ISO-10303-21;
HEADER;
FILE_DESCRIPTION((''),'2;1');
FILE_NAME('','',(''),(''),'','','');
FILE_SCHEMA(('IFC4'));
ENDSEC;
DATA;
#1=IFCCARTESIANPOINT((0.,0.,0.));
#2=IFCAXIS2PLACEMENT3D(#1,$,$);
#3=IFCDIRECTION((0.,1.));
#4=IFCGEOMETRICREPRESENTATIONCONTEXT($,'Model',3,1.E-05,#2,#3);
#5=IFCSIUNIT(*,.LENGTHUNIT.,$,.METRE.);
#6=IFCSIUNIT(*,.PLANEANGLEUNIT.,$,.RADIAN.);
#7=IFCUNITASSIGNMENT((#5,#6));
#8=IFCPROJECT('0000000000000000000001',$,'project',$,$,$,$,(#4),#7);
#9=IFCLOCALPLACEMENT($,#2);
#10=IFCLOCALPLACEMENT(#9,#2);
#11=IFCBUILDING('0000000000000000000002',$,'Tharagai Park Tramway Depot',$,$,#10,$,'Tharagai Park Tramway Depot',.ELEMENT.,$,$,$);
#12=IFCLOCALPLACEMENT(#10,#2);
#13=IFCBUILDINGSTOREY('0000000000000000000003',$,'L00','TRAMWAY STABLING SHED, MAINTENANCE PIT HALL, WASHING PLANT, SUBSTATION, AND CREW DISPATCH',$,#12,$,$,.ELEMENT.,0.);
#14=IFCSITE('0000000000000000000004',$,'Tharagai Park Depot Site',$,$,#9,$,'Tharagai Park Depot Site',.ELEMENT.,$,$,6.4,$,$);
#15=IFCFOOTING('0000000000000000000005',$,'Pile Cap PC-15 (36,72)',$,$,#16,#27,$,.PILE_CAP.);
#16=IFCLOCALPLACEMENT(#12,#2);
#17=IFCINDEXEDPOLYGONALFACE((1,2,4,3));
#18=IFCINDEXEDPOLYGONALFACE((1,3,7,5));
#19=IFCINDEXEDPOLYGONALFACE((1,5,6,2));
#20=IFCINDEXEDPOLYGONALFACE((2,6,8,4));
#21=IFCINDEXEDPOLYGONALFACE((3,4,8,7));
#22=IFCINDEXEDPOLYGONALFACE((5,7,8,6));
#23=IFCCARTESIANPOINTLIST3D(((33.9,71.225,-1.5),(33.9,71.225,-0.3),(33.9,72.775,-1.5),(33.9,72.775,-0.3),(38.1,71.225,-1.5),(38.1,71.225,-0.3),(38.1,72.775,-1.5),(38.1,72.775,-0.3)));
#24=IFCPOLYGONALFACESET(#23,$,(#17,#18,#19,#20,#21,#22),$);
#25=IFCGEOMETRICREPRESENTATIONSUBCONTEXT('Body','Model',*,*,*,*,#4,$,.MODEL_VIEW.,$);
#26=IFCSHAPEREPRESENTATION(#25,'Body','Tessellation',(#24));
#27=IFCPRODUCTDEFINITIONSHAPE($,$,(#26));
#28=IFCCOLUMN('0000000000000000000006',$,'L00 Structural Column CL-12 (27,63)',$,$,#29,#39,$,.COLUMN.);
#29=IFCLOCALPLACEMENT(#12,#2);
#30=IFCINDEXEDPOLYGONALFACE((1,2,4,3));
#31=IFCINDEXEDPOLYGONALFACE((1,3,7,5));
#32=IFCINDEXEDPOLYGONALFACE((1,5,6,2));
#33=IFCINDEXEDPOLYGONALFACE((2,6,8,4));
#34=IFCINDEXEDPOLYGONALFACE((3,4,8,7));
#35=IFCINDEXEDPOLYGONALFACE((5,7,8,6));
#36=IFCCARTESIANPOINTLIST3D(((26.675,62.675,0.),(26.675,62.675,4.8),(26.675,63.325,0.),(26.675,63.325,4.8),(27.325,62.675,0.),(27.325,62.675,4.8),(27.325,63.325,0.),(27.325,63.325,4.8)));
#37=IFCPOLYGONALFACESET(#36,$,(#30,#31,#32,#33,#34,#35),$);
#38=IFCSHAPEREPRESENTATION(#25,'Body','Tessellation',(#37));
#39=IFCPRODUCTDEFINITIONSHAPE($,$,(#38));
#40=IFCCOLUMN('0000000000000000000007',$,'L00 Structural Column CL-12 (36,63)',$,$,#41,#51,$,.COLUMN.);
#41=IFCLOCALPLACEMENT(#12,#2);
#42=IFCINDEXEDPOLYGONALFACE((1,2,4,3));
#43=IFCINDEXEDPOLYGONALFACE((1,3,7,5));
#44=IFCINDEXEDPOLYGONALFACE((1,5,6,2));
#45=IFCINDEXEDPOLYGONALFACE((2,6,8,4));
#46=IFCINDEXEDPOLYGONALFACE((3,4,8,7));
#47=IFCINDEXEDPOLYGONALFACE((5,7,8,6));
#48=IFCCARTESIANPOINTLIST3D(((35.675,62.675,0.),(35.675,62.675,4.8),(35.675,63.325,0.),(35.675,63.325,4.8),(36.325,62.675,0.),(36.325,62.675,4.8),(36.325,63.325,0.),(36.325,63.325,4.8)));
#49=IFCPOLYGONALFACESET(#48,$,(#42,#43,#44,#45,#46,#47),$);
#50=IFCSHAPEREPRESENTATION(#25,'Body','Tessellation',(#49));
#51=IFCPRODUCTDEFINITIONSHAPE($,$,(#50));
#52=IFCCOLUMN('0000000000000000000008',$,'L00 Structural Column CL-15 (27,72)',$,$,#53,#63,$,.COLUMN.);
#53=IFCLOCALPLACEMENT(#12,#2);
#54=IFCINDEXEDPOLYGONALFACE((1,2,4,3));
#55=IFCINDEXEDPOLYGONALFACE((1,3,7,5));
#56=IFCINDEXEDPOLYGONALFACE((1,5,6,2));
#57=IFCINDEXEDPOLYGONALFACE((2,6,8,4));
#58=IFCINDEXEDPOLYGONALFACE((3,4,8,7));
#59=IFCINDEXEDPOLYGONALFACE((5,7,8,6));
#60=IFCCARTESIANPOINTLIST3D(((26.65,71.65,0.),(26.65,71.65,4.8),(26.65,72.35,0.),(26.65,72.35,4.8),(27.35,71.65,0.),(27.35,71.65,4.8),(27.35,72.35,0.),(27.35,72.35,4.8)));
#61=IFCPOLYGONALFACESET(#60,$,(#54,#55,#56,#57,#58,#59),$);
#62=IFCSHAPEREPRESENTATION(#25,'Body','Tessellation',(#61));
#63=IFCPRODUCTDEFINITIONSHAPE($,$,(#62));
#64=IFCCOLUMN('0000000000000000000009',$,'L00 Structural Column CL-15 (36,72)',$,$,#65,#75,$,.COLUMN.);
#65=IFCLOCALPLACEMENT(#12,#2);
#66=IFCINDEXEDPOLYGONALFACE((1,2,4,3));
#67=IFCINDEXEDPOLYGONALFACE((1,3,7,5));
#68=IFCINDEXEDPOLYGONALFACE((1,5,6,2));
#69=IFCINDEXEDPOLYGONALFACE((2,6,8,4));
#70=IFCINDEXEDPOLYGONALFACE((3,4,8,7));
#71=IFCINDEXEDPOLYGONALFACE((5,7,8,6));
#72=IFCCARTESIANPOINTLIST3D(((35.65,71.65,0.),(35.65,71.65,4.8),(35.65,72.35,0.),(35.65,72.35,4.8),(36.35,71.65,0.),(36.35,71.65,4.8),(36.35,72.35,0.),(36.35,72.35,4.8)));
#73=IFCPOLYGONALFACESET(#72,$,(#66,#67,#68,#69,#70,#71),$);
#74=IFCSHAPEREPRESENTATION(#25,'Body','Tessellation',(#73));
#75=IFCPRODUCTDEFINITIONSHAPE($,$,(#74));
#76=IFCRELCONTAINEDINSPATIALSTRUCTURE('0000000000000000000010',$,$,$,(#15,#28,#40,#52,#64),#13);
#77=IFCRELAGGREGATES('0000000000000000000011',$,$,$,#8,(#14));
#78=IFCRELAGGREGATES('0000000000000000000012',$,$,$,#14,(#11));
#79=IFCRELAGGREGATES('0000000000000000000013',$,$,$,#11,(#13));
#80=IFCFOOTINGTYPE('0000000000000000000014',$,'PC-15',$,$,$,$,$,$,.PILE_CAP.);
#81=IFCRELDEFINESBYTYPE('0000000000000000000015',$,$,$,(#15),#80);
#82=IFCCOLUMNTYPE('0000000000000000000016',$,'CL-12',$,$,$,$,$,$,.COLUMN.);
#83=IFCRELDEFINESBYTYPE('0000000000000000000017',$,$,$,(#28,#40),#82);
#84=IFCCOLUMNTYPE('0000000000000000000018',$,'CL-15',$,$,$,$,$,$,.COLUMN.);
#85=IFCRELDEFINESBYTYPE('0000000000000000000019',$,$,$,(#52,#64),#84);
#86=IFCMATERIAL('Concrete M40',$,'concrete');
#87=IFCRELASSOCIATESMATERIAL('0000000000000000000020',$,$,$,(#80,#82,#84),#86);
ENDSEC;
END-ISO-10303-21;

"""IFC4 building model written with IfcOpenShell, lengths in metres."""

from ifc_helpers import new_model, si_unit, direction, frame, origin, origin_2d, place, context, subcontext, project, spatial, rectangle, extrude, material, material_profile, profile_set, type_object, element, save


model = new_model("IFC4")

# Units and contexts
model_context = context("Model", 3, precision=1e-05, world=origin(), true_north=direction((0.0, 1.0)))
body_context = subcontext(model_context, "Body", "Model", "MODEL_VIEW")
ifc_project = project(units=[si_unit("LENGTHUNIT", "METRE"), si_unit("PLANEANGLEUNIT", "RADIAN")], contexts=[model_context])

# Site, building, storey
site_placement = place(None, origin())
site = spatial("IfcSite", under=ifc_project, at=site_placement, Name="Tharagai Park Depot Site", LongName="Tharagai Park Depot Site", CompositionType="ELEMENT", RefElevation=6.4)
building_placement = place(site_placement, origin())
building = spatial("IfcBuilding", under=site, at=building_placement, Name="Tharagai Park Tramway Depot", LongName="Tharagai Park Tramway Depot", CompositionType="ELEMENT")
storey_placement = place(building_placement, origin())
storey = spatial("IfcBuildingStorey", under=building, at=storey_placement, Name="L00", Description="TRAMWAY STABLING SHED, MAINTENANCE PIT HALL, WASHING PLANT, SUBSTATION, AND CREW DISPATCH", CompositionType="ELEMENT", Elevation=0.0)

# Shared definitions
ifc_material = material(Name="Concrete M40", Category="concrete")

# Footing
footing_type_1 = type_object("IfcFootingType", Name="PC-15", PredefinedType="PILE_CAP", material=ifc_material)
for number, where, z_axis, x_axis, name in (
    (1, (36.0, 72.0, -1.5), (0.0, 0.0, 1.0), (1.0, 0.0, 0.0), "Pile Cap PC-15 (36,72)"),
):
    element("IfcFooting", number, at=place(storey_placement, frame(where, z_axis=z_axis, x_axis=x_axis)), inside=storey, type_object=footing_type_1, Name=name, PredefinedType="PILE_CAP", context=body_context, shape_type="SweptSolid", body=[
        extrude(rectangle(XDim=4.2, YDim=1.55, at=origin_2d()), origin(), (0.0, 0.0, 1.0), 1.2),
    ])

# Columns
ifc_material_profile_1 = material_profile(ifc_material, rectangle(XDim=0.6499, YDim=0.6499, at=origin_2d()), Name="RC 650x650")
ifc_profile_set_1 = profile_set([ifc_material_profile_1], Name="Concrete M40")
column_type_1 = type_object("IfcColumnType", Name="CL-12", PredefinedType="COLUMN", material=ifc_profile_set_1)
for number, where, z_axis, x_axis, name in (
    (2, (27.0, 63.0, 0.0), (0.0, 0.0, 1.0), (1.0, 0.0, 0.0), "L00 Structural Column CL-12 (27,63)"),
    (3, (36.0, 63.0, 0.0), (0.0, 0.0, 1.0), (1.0, 0.0, 0.0), "L00 Structural Column CL-12 (36,63)"),
):
    element("IfcColumn", number, at=place(storey_placement, frame(where, z_axis=z_axis, x_axis=x_axis)), inside=storey, type_object=column_type_1, Name=name, PredefinedType="COLUMN", context=body_context, shape_type="SweptSolid", body=[
        extrude(rectangle(XDim=0.6499, YDim=0.6499, at=origin_2d()), origin(), (0.0, 0.0, 1.0), 4.8),
    ])
ifc_material_profile_2 = material_profile(ifc_material, rectangle(XDim=0.7, YDim=0.7, at=origin_2d()), Name="RC 700x700")
ifc_profile_set_2 = profile_set([ifc_material_profile_2], Name="Concrete M40")
column_type_2 = type_object("IfcColumnType", Name="CL-15", PredefinedType="COLUMN", material=ifc_profile_set_2)
for number, where, z_axis, x_axis, name in (
    (4, (27.0, 72.0, 0.0), (0.0, 0.0, 1.0), (1.0, 0.0, 0.0), "L00 Structural Column CL-15 (27,72)"),
    (5, (36.0, 72.0, 0.0), (0.0, 0.0, 1.0), (1.0, 0.0, 0.0), "L00 Structural Column CL-15 (36,72)"),
):
    element("IfcColumn", number, at=place(storey_placement, frame(where, z_axis=z_axis, x_axis=x_axis)), inside=storey, type_object=column_type_2, Name=name, PredefinedType="COLUMN", context=body_context, shape_type="SweptSolid", body=[
        extrude(rectangle(XDim=0.7, YDim=0.7, at=origin_2d()), origin(), (0.0, 0.0, 1.0), 4.8),
    ])

save(model, "model.ifc")
